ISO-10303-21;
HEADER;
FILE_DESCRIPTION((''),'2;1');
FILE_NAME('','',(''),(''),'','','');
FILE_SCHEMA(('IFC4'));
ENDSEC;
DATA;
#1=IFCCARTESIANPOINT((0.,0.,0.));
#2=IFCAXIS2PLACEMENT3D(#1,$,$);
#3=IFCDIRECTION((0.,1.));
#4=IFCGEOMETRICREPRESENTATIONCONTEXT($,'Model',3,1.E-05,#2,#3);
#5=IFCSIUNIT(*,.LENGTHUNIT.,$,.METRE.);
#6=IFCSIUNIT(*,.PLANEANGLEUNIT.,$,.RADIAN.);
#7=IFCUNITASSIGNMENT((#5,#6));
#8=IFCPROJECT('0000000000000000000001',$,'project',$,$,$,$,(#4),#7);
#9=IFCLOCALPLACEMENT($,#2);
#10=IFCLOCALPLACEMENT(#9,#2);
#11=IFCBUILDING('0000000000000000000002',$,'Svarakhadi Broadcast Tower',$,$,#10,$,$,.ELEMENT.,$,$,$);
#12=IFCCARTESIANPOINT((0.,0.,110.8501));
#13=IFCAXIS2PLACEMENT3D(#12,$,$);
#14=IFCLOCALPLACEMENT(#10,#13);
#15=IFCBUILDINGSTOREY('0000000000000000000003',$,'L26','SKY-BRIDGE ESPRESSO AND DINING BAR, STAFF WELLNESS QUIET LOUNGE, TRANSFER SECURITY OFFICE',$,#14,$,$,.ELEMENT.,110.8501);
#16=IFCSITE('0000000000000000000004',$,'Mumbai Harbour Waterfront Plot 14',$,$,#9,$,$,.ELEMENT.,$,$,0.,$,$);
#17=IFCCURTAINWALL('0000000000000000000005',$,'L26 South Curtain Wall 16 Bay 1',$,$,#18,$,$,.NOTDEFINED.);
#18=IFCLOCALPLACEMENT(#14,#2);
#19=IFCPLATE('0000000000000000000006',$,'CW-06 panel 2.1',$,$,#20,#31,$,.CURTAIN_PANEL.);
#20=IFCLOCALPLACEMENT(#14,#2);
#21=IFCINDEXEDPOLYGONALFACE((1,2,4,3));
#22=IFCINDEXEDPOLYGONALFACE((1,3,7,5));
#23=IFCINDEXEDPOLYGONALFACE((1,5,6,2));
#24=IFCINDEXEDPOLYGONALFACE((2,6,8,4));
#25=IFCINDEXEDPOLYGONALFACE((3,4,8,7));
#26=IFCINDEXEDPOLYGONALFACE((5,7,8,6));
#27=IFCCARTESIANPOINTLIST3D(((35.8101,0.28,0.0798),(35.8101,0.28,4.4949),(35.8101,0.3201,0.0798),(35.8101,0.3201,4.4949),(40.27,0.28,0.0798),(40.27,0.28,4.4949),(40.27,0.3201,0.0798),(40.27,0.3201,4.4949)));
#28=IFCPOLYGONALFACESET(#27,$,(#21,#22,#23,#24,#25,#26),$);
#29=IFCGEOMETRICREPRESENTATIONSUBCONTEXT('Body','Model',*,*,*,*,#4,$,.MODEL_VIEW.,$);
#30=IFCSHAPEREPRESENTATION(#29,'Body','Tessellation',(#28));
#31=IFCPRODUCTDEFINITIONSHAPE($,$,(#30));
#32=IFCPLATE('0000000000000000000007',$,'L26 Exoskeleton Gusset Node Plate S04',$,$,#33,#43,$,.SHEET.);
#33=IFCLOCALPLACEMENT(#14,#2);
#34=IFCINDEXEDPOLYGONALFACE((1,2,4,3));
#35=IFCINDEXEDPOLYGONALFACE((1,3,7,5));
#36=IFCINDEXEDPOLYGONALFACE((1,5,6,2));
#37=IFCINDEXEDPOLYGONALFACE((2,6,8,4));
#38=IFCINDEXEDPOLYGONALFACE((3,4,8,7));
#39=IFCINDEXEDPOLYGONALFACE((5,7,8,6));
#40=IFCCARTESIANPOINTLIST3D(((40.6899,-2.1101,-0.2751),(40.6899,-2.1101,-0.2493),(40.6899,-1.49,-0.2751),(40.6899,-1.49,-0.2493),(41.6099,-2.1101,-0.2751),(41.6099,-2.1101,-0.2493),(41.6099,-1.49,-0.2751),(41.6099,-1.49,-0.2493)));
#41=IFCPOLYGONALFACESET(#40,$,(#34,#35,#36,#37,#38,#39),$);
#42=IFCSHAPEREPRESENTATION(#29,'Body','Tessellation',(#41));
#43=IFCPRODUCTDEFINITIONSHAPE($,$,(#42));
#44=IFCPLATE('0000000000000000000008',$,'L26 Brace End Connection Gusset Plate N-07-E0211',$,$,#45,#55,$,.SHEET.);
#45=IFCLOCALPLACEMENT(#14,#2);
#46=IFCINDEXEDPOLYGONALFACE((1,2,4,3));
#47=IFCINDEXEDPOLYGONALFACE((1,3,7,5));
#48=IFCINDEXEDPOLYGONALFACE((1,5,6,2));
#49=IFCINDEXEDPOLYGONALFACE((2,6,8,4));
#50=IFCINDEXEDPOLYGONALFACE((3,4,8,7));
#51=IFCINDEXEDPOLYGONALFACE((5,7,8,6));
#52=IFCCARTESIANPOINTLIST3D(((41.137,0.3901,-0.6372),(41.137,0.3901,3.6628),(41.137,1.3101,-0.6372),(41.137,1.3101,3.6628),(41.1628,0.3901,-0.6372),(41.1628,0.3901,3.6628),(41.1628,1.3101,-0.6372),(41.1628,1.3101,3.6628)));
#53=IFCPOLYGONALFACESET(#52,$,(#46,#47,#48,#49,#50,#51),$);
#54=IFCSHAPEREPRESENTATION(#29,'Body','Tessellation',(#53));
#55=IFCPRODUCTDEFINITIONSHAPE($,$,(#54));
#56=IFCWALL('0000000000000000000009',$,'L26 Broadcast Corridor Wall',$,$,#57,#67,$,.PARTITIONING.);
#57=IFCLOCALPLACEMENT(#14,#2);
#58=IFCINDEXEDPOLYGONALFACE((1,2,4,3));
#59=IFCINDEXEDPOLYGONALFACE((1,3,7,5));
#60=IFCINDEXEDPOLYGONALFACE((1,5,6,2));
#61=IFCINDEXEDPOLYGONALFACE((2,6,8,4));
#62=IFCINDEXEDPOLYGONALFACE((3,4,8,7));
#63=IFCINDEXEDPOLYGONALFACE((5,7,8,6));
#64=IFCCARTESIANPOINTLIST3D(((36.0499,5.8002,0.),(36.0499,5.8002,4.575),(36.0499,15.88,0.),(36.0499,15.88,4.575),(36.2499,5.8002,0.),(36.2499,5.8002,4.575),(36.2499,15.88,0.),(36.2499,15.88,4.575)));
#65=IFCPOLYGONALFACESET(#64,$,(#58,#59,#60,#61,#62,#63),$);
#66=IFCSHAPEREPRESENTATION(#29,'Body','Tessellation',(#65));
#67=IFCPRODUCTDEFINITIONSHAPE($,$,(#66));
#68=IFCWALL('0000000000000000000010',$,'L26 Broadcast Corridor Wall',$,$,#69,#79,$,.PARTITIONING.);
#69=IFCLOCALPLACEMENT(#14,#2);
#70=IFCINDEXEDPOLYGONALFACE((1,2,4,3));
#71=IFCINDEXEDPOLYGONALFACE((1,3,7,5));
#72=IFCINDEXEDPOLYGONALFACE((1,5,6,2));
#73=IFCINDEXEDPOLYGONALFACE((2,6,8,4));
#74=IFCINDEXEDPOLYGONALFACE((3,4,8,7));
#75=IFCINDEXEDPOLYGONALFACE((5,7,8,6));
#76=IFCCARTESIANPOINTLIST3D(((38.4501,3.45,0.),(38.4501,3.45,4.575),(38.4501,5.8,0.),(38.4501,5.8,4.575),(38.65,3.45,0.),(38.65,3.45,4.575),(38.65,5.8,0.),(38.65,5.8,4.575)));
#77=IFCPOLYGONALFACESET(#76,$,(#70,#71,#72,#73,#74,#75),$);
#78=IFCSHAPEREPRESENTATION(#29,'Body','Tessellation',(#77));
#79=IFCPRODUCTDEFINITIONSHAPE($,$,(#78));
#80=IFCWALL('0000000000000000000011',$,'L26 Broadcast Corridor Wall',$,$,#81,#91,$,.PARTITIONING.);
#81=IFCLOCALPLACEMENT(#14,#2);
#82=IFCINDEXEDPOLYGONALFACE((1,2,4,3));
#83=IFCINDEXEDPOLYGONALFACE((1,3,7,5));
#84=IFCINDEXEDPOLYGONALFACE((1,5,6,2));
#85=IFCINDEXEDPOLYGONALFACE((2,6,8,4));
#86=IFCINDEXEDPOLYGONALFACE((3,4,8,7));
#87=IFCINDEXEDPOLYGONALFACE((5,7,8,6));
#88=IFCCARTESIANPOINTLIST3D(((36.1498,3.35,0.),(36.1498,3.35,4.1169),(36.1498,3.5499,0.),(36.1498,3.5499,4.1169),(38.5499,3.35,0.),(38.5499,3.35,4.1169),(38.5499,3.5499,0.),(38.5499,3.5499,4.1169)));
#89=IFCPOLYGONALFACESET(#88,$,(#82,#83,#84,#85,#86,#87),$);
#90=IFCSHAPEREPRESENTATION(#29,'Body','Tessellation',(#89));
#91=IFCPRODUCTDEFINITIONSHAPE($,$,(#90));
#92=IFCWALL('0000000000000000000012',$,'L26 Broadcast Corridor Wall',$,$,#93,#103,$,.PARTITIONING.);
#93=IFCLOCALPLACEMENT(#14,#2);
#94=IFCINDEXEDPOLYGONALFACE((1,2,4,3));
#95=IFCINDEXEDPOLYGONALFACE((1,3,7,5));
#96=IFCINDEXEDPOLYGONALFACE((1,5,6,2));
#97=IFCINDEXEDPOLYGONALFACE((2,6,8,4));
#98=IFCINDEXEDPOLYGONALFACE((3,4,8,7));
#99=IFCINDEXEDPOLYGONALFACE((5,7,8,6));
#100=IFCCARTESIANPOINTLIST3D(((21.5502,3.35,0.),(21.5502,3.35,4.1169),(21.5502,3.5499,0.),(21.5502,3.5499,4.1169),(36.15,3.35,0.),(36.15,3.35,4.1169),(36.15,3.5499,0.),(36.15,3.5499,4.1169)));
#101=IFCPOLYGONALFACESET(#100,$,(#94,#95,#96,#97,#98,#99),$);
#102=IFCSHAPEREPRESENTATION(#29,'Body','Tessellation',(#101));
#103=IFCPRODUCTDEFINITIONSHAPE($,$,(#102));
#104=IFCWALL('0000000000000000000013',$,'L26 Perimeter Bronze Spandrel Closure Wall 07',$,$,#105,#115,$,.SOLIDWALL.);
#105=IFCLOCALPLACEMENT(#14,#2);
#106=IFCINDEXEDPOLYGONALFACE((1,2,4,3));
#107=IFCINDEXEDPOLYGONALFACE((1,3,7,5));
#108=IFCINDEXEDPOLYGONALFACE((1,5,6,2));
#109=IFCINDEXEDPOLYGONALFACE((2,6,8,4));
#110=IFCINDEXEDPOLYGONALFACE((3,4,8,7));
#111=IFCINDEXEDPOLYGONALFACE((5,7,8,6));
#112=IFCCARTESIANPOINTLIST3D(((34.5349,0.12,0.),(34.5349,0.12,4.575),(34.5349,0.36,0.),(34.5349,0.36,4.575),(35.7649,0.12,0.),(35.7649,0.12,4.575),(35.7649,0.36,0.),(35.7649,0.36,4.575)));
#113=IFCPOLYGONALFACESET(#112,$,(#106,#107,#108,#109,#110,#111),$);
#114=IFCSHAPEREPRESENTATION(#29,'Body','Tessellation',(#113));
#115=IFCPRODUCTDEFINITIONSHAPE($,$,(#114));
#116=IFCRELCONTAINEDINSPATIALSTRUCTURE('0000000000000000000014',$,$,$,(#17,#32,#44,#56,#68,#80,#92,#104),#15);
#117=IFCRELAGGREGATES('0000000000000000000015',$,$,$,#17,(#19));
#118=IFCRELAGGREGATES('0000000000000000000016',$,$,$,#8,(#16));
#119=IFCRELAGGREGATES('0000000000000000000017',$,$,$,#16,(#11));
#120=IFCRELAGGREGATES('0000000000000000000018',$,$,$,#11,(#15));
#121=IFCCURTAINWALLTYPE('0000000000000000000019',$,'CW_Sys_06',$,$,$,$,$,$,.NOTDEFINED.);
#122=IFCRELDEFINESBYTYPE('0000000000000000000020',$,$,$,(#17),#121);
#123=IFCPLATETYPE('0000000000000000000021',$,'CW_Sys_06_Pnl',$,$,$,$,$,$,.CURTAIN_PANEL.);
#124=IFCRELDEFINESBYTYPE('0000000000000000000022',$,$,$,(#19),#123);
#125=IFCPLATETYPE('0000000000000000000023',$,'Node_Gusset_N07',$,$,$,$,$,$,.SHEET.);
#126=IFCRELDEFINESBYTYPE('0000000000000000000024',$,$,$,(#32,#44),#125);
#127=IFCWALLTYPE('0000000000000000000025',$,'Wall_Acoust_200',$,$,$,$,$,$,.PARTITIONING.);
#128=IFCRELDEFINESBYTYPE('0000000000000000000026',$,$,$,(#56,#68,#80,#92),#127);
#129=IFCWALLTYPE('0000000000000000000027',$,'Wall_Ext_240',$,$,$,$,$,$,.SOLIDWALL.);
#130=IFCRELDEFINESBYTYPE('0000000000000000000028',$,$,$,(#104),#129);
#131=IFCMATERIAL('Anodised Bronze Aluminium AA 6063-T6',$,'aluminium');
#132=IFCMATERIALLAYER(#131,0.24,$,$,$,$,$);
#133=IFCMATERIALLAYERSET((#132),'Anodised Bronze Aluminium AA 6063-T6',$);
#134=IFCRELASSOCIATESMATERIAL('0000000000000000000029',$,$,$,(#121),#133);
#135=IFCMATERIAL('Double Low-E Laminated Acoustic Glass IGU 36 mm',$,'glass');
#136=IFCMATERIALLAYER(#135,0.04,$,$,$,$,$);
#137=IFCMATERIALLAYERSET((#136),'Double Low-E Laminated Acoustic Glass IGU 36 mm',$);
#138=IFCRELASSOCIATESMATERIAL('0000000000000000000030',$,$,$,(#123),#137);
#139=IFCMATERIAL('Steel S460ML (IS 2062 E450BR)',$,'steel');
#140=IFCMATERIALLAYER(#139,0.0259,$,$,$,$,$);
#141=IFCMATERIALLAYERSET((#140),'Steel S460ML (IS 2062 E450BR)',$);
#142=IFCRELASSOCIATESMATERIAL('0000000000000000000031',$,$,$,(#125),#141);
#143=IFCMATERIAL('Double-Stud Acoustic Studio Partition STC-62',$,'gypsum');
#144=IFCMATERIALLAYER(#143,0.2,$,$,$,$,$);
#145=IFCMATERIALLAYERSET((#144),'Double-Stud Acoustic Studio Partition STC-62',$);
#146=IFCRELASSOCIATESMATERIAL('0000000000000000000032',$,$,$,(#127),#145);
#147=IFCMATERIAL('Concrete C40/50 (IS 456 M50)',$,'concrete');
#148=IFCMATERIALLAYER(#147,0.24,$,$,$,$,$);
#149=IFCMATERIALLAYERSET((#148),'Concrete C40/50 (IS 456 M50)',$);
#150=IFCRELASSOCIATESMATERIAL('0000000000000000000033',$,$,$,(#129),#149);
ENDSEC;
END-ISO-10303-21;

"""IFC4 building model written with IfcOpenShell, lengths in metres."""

from ifc_helpers import new_model, si_unit, direction, frame, frame_2d, origin, origin_2d, place, context, subcontext, project, spatial, rectangle, extrude, material, layer, layer_set, type_object, element, aggregate, save


model = new_model("IFC4")

# Units and contexts
model_context = context("Model", 3, precision=1e-05, world=origin(), true_north=direction((0.0, 1.0)))
body_context = subcontext(model_context, "Body", "Model", "MODEL_VIEW")
ifc_project = project(units=[si_unit("LENGTHUNIT", "METRE"), si_unit("PLANEANGLEUNIT", "RADIAN")], contexts=[model_context])

# Site, building, storey
site_placement = place(None, origin())
site = spatial("IfcSite", under=ifc_project, at=site_placement, Name="Mumbai Harbour Waterfront Plot 14", CompositionType="ELEMENT", RefElevation=0.0)
building_placement = place(site_placement, origin())
building = spatial("IfcBuilding", under=site, at=building_placement, Name="Svarakhadi Broadcast Tower", CompositionType="ELEMENT")
storey_placement = place(building_placement, frame((0.0, 0.0, 110.8501)))
storey = spatial("IfcBuildingStorey", under=building, at=storey_placement, Name="L26", Description="SKY-BRIDGE ESPRESSO AND DINING BAR, STAFF WELLNESS QUIET LOUNGE, TRANSFER SECURITY OFFICE", CompositionType="ELEMENT", Elevation=110.8501)

# Shared definitions
ifc_material_1 = material(Name="Steel S460ML (IS 2062 E450BR)", Category="steel")

# Curtain wall
ifc_material_2 = material(Name="Anodised Bronze Aluminium AA 6063-T6", Category="aluminium")
ifc_layer_1 = layer(ifc_material_2, 0.24)
ifc_layer_set_1 = layer_set([ifc_layer_1], Name="Anodised Bronze Aluminium AA 6063-T6")
curtain_wall_type = type_object("IfcCurtainWallType", Name="CW_Sys_06", PredefinedType="NOTDEFINED", material=ifc_layer_set_1)
curtain_wall_1_placement = place(storey_placement, origin())
curtain_wall_1 = element("IfcCurtainWall", 1, at=curtain_wall_1_placement, inside=storey, type_object=curtain_wall_type, Name="L26 South Curtain Wall 16 Bay 1", PredefinedType="NOTDEFINED")

# Plate
ifc_material_3 = material(Name="Double Low-E Laminated Acoustic Glass IGU 36 mm", Category="glass")
ifc_layer_2 = layer(ifc_material_3, 0.04)
ifc_layer_set_2 = layer_set([ifc_layer_2], Name="Double Low-E Laminated Acoustic Glass IGU 36 mm")
plate_type_1 = type_object("IfcPlateType", Name="CW_Sys_06_Pnl", PredefinedType="CURTAIN_PANEL", material=ifc_layer_set_2)
plate_1_placement = place(storey_placement, frame((38.04, 0.3, 0.0798), z_axis=(0.0, 0.0, 1.0), x_axis=(-1.0, 0.0, 0.0)))
plate_1 = element("IfcPlate", 2, at=plate_1_placement, type_object=plate_type_1, Name="CW-06 panel 2.1", PredefinedType="CURTAIN_PANEL", context=body_context, shape_type="SweptSolid", body=[
    extrude(rectangle(XDim=4.46, YDim=0.04, at=origin_2d()), origin(), (0.0, 0.0, 1.0), 4.415),
])
aggregate(curtain_wall_1, [plate_1])

# Plates
ifc_layer_3 = layer(ifc_material_1, 0.0259)
ifc_layer_set_3 = layer_set([ifc_layer_3], Name="Steel S460ML (IS 2062 E450BR)")
plate_type_2 = type_object("IfcPlateType", Name="Node_Gusset_N07", PredefinedType="SHEET", material=ifc_layer_set_3)
plate_2_placement = place(storey_placement, frame((41.1499, -1.8, -0.2751), z_axis=(0.0, 0.0, 1.0), x_axis=(1.0, 0.0, 0.0)))
element("IfcPlate", 3, at=plate_2_placement, inside=storey, type_object=plate_type_2, Name="L26 Exoskeleton Gusset Node Plate S04", PredefinedType="SHEET", context=body_context, shape_type="SweptSolid", body=[
    extrude(rectangle(XDim=0.9199, YDim=0.6201, at=origin_2d()), origin(), (0.0, 0.0, 1.0), 0.0259),
])
plate_3_placement = place(storey_placement, frame((41.1499, 0.8501, -0.6372), z_axis=(0.0, 0.0, 1.0), x_axis=(0.0, 1.0, 0.0)))
element("IfcPlate", 4, at=plate_3_placement, inside=storey, type_object=plate_type_2, Name="L26 Brace End Connection Gusset Plate N-07-E0211", PredefinedType="SHEET", context=body_context, shape_type="SweptSolid", body=[
    extrude(rectangle(XDim=0.9199, YDim=0.0259, at=origin_2d()), origin(), (0.0, 0.0, 1.0), 4.3),
])

# Walls
ifc_material_4 = material(Name="Double-Stud Acoustic Studio Partition STC-62", Category="gypsum")
ifc_layer_4 = layer(ifc_material_4, 0.2)
ifc_layer_set_4 = layer_set([ifc_layer_4], Name="Double-Stud Acoustic Studio Partition STC-62")
wall_type_1 = type_object("IfcWallType", Name="Wall_Acoust_200", PredefinedType="PARTITIONING", material=ifc_layer_set_4)
wall_1_placement = place(storey_placement, frame((36.1499, 5.8, 0.0), z_axis=(0.0, 0.0, 1.0), x_axis=(0.0, 1.0, 0.0)))
element("IfcWall", 5, at=wall_1_placement, inside=storey, type_object=wall_type_1, Name="L26 Broadcast Corridor Wall", PredefinedType="PARTITIONING", context=body_context, shape_type="SweptSolid", body=[
    extrude(rectangle(XDim=10.0798, YDim=0.2, at=frame_2d((5.04, 0.0))), origin(), (0.0, 0.0, 1.0), 4.575),
])
wall_2_placement = place(storey_placement, frame((38.55, 5.8, 0.0), z_axis=(0.0, 0.0, 1.0), x_axis=(0.0, -1.0, 0.0)))
element("IfcWall", 6, at=wall_2_placement, inside=storey, type_object=wall_type_1, Name="L26 Broadcast Corridor Wall", PredefinedType="PARTITIONING", context=body_context, shape_type="SweptSolid", body=[
    extrude(rectangle(XDim=2.3501, YDim=0.2, at=frame_2d((1.175, 0.0))), origin(), (0.0, 0.0, 1.0), 4.575),
])
wall_3_placement = place(storey_placement, frame((38.55, 3.45, 0.0), z_axis=(0.0, 0.0, 1.0), x_axis=(-1.0, 0.0, 0.0)))
element("IfcWall", 7, at=wall_3_placement, inside=storey, type_object=wall_type_1, Name="L26 Broadcast Corridor Wall", PredefinedType="PARTITIONING", context=body_context, shape_type="SweptSolid", body=[
    extrude(rectangle(XDim=2.4001, YDim=0.2, at=frame_2d((1.2002, 0.0))), origin(), (0.0, 0.0, 1.0), 4.1169),
])
wall_4_placement = place(storey_placement, frame((36.1499, 3.45, 0.0), z_axis=(0.0, 0.0, 1.0), x_axis=(-1.0, 0.0, 0.0)))
element("IfcWall", 8, at=wall_4_placement, inside=storey, type_object=wall_type_1, Name="L26 Broadcast Corridor Wall", PredefinedType="PARTITIONING", context=body_context, shape_type="SweptSolid", body=[
    extrude(rectangle(XDim=14.5999, YDim=0.2, at=frame_2d((7.2998, 0.0))), origin(), (0.0, 0.0, 1.0), 4.1169),
])
ifc_material_5 = material(Name="Concrete C40/50 (IS 456 M50)", Category="concrete")
ifc_layer_5 = layer(ifc_material_5, 0.24)
ifc_layer_set_5 = layer_set([ifc_layer_5], Name="Concrete C40/50 (IS 456 M50)")
wall_type_2 = type_object("IfcWallType", Name="Wall_Ext_240", PredefinedType="SOLIDWALL", material=ifc_layer_set_5)
wall_5_placement = place(storey_placement, frame((35.7649, 0.24, 0.0), z_axis=(0.0, 0.0, 1.0), x_axis=(-1.0, 0.0, 0.0)))
element("IfcWall", 9, at=wall_5_placement, inside=storey, type_object=wall_type_2, Name="L26 Perimeter Bronze Spandrel Closure Wall 07", PredefinedType="SOLIDWALL", context=body_context, shape_type="SweptSolid", body=[
    extrude(rectangle(XDim=1.23, YDim=0.24, at=frame_2d((0.615, 0.0))), origin(), (0.0, 0.0, 1.0), 4.575),
])

save(model, "model.ifc")
